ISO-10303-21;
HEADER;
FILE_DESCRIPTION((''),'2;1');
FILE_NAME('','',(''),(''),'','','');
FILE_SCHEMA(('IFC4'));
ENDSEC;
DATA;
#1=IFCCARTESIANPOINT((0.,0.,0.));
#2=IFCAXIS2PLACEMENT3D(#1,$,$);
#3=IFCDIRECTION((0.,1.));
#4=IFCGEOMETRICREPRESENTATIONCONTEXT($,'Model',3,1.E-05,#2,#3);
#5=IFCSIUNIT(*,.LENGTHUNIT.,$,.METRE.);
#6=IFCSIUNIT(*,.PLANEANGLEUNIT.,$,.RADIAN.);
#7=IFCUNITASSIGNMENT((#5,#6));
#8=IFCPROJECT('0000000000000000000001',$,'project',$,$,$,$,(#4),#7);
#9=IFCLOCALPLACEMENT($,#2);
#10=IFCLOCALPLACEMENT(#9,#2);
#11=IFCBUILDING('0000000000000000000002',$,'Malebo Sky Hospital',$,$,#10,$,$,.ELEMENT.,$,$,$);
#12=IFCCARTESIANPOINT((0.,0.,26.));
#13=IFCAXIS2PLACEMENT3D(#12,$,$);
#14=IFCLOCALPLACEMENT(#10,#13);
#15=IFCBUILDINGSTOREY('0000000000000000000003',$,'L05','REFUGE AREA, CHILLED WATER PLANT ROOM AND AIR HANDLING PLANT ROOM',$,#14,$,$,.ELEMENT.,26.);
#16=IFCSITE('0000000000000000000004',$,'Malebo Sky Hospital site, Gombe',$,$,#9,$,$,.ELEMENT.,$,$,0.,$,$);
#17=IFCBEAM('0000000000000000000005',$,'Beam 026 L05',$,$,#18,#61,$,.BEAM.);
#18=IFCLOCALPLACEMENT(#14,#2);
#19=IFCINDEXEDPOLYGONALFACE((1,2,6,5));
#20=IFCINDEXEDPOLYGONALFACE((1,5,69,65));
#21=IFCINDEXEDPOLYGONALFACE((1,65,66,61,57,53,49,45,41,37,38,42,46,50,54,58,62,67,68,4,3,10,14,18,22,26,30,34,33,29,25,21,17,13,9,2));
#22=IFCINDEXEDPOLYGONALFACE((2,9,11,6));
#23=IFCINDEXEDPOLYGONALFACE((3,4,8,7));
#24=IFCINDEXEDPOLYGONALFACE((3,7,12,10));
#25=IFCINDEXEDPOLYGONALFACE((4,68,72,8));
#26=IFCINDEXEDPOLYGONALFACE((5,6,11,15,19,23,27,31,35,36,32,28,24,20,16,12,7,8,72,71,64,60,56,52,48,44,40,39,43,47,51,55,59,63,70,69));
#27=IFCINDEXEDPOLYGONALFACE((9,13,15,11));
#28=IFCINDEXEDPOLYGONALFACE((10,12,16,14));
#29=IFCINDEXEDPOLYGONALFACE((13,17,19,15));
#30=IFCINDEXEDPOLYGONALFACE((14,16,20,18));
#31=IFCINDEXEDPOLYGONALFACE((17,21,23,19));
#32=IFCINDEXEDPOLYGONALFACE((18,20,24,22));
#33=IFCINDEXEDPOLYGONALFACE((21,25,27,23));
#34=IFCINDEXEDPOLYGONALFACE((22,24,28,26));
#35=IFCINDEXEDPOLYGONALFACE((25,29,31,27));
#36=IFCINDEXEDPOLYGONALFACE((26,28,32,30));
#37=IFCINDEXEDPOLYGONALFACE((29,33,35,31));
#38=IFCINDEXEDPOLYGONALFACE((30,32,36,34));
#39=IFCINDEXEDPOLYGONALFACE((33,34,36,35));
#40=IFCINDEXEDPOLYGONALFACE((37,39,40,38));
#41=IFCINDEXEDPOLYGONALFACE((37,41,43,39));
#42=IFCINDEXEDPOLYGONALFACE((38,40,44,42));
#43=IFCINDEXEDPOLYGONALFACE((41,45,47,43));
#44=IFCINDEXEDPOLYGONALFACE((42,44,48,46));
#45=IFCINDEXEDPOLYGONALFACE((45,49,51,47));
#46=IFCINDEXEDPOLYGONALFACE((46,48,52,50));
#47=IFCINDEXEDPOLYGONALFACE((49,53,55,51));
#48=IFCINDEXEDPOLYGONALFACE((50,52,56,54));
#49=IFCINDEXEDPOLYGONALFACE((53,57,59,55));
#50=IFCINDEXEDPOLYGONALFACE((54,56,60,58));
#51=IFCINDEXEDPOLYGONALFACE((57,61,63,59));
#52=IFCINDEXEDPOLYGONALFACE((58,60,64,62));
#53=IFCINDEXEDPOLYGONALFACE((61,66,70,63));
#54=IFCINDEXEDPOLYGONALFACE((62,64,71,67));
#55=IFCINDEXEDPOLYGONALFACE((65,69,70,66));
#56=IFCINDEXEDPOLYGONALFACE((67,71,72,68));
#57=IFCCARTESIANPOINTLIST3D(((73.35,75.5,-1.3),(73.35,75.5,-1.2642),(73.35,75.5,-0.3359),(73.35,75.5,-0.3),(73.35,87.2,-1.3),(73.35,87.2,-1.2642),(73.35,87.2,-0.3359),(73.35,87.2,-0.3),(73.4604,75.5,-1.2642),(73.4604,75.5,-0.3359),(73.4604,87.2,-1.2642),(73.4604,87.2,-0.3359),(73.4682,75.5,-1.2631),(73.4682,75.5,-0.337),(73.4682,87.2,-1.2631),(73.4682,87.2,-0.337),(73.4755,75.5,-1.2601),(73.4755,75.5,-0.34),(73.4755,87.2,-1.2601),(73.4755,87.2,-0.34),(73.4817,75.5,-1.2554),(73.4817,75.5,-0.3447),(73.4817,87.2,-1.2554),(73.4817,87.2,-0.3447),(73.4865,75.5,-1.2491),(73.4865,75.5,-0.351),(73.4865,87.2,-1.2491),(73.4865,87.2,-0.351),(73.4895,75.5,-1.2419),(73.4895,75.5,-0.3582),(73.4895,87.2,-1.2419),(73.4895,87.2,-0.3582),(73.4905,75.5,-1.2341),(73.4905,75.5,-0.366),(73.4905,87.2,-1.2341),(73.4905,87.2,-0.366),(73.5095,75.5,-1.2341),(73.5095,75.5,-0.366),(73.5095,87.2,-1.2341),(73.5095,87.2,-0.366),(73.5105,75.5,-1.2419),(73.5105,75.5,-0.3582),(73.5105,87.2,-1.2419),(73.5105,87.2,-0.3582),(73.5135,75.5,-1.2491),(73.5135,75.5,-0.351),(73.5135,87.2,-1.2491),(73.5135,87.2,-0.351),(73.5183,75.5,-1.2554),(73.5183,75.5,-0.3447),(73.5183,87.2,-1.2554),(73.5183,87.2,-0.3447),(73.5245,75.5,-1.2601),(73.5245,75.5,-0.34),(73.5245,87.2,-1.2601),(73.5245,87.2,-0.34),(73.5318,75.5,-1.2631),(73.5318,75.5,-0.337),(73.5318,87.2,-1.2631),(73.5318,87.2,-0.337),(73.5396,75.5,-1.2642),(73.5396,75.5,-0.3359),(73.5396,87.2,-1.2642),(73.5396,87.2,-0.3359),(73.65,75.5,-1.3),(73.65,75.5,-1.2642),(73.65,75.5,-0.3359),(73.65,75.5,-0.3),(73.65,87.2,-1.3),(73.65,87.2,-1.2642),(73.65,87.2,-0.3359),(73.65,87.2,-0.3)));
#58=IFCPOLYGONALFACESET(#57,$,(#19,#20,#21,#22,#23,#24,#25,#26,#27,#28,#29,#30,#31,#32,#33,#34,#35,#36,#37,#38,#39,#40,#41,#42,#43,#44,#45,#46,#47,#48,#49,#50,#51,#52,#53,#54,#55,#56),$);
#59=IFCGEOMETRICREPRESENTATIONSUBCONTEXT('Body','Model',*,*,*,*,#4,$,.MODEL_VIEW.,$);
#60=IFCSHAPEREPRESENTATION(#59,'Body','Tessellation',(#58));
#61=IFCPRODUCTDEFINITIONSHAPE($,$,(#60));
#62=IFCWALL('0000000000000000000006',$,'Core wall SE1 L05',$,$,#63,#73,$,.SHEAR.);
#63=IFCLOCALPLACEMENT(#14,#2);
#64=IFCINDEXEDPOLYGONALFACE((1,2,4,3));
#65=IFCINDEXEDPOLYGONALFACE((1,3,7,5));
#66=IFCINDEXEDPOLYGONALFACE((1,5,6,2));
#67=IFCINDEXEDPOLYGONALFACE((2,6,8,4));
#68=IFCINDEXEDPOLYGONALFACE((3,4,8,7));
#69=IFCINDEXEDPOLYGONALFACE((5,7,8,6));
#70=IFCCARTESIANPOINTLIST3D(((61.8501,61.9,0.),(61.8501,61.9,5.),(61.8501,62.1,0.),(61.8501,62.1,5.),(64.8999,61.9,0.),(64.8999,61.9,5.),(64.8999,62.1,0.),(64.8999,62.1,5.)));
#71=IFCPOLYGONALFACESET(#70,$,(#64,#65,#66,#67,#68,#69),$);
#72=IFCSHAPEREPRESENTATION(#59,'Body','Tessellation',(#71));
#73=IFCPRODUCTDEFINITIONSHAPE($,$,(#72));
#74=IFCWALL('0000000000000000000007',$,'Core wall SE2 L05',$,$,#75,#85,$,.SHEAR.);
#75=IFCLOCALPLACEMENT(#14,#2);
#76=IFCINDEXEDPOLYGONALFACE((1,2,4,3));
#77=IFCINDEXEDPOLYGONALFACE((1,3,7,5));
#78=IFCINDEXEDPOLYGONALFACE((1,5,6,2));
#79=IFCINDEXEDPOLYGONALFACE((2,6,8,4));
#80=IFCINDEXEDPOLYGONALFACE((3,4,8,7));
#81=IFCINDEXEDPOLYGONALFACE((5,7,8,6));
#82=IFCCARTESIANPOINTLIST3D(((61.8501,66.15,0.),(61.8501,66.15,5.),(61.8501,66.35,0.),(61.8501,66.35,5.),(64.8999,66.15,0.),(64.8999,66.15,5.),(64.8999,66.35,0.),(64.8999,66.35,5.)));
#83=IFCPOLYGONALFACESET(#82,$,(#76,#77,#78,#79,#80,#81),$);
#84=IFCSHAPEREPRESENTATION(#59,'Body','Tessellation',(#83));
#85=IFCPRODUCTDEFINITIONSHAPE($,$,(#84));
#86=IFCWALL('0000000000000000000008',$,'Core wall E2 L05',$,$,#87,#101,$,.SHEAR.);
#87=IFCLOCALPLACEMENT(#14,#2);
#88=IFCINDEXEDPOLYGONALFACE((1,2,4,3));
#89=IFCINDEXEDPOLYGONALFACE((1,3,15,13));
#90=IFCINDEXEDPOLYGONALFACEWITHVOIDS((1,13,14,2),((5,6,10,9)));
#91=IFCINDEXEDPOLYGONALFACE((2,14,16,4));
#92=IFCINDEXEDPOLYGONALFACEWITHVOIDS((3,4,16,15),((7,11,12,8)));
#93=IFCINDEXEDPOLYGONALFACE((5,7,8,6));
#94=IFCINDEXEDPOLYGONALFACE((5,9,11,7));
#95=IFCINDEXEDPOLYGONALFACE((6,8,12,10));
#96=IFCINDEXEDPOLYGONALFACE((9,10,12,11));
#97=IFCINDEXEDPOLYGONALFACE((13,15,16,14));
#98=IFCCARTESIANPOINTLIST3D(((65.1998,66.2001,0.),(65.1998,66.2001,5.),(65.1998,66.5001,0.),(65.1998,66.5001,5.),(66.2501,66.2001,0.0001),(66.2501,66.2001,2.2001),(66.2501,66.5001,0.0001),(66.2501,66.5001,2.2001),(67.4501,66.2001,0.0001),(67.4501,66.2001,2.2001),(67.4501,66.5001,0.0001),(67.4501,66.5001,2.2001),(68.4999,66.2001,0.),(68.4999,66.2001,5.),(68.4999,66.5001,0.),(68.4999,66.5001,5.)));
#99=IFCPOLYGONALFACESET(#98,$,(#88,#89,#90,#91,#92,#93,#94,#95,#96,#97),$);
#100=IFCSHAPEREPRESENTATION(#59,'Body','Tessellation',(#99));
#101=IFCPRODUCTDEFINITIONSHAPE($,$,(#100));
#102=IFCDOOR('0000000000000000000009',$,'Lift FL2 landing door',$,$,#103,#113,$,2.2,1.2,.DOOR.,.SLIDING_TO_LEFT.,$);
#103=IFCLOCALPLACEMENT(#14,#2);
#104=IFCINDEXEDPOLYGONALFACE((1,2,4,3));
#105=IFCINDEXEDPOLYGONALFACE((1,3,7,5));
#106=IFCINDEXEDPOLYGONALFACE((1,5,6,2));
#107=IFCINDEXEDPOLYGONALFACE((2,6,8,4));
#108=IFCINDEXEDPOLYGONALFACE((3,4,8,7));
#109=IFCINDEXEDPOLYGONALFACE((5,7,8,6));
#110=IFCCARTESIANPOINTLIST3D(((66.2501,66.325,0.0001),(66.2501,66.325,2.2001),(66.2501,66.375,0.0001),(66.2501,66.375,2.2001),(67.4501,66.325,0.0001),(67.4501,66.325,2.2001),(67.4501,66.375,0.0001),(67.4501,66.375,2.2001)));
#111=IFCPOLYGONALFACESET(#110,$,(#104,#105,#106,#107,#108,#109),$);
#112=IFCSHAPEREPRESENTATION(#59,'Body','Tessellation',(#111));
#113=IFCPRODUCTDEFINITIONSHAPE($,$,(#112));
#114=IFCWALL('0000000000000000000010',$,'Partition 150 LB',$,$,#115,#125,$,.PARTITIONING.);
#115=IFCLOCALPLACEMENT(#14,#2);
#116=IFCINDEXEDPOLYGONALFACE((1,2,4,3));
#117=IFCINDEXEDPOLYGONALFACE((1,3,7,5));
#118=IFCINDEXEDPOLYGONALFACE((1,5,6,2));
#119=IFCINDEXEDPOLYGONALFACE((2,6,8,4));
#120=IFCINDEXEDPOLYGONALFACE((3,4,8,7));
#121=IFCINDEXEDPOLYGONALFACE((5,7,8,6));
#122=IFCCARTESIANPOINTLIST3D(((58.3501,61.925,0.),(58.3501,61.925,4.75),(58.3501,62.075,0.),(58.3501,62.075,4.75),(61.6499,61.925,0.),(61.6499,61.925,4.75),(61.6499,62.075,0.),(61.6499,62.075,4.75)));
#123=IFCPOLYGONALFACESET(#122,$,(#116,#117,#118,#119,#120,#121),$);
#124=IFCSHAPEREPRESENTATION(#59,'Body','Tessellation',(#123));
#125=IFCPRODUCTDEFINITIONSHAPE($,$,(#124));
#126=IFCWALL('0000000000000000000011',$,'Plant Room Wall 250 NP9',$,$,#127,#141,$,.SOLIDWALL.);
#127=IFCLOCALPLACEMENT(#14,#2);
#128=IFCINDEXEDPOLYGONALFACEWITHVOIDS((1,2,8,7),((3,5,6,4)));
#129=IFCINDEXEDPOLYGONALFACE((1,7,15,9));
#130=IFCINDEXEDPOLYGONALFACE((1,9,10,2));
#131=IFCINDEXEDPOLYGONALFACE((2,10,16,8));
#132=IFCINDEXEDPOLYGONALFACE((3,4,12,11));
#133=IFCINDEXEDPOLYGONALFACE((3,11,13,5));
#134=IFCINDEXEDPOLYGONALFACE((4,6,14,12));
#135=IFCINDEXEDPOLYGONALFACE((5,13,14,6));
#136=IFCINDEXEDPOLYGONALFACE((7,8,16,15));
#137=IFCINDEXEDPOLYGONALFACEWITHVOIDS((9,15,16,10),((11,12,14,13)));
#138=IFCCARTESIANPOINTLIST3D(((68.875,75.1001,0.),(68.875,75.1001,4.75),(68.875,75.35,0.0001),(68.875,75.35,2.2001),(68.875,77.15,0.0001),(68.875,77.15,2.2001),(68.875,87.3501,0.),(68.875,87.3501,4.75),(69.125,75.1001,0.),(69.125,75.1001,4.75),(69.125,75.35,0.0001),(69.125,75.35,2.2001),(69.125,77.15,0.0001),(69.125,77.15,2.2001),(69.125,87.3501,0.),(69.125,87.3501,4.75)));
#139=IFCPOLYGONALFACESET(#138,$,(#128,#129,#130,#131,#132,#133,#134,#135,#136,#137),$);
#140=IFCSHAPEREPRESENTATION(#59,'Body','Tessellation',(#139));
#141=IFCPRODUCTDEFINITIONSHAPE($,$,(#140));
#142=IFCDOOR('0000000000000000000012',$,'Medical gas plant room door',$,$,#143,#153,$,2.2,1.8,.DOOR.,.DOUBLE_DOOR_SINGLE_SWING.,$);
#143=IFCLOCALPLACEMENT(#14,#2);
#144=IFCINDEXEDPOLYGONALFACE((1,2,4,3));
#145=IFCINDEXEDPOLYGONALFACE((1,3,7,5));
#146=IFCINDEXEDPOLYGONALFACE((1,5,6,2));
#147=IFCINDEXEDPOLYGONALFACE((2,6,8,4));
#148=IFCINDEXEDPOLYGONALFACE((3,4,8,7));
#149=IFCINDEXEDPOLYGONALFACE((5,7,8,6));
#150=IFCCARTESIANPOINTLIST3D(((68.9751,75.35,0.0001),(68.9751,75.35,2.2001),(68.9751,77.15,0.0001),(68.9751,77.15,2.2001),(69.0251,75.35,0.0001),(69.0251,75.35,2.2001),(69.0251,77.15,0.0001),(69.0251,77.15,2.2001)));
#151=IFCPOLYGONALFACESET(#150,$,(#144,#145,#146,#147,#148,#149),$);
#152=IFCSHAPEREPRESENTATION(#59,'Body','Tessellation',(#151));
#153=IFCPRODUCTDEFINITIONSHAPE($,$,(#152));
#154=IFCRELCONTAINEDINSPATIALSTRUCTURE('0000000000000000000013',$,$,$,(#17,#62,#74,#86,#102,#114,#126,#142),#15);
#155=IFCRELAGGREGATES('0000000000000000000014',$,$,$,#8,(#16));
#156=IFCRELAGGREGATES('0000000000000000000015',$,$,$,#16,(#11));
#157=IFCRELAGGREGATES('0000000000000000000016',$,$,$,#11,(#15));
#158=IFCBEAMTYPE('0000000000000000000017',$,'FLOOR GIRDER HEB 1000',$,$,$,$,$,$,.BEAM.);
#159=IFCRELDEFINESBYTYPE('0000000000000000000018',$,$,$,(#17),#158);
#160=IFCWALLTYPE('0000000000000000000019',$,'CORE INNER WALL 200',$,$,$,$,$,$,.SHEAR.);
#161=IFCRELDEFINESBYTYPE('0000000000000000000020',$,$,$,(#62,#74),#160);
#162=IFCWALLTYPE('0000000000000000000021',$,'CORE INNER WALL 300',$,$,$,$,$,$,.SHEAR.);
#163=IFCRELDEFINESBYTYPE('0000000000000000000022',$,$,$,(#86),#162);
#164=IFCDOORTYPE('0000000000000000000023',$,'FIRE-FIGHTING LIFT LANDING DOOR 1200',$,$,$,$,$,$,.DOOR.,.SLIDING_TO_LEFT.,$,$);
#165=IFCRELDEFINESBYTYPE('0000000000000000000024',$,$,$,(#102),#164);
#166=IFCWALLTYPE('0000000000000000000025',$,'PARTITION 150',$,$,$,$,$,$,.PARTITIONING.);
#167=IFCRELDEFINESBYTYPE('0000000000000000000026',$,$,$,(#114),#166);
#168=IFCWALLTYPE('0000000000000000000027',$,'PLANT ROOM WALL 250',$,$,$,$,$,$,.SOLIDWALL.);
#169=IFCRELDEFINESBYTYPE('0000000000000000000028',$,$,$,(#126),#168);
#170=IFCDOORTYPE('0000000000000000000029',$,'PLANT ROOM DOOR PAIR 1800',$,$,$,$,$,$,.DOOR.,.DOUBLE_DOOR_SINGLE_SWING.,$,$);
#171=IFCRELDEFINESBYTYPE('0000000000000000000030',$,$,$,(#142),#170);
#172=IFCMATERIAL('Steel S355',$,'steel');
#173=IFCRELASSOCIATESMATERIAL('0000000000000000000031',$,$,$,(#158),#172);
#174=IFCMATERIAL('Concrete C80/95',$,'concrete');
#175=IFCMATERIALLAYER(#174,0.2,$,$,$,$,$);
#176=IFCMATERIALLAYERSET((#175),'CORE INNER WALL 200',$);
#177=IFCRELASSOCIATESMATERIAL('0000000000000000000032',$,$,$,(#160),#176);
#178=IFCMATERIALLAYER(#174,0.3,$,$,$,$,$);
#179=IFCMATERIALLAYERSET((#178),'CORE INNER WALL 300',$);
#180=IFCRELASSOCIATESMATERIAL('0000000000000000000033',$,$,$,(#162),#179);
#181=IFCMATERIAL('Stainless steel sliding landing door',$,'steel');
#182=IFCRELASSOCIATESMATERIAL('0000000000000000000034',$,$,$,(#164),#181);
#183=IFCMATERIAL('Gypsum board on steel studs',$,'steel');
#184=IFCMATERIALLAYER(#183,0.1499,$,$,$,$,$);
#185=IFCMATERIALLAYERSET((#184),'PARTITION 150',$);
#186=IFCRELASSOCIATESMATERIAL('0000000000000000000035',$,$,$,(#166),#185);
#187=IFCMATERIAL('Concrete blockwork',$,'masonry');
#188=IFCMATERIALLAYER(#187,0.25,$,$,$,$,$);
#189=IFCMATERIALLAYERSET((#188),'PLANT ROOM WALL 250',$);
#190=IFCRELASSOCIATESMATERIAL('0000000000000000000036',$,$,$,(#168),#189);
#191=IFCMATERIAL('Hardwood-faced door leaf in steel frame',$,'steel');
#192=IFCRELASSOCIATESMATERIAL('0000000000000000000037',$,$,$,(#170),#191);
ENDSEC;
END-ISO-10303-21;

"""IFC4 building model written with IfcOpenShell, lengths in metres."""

from ifc_helpers import new_model, si_unit, direction, frame, frame_2d, origin, origin_2d, place, context, subcontext, project, spatial, rectangle, i_section, extrude, material, layer, layer_set, material_profile, profile_set, type_object, element, fill, save


model = new_model("IFC4")

# Units and contexts
model_context = context("Model", 3, precision=1e-05, world=origin(), true_north=direction((0.0, 1.0)))
body_context = subcontext(model_context, "Body", "Model", "MODEL_VIEW")
ifc_project = project(units=[si_unit("LENGTHUNIT", "METRE"), si_unit("PLANEANGLEUNIT", "RADIAN")], contexts=[model_context])

# Site, building, storey
site_placement = place(None, origin())
site = spatial("IfcSite", under=ifc_project, at=site_placement, Name="Malebo Sky Hospital site, Gombe", CompositionType="ELEMENT", RefElevation=0.0)
building_placement = place(site_placement, origin())
building = spatial("IfcBuilding", under=site, at=building_placement, Name="Malebo Sky Hospital", CompositionType="ELEMENT")
storey_placement = place(building_placement, frame((0.0, 0.0, 26.0)))
storey = spatial("IfcBuildingStorey", under=building, at=storey_placement, Name="L05", Description="REFUGE AREA, CHILLED WATER PLANT ROOM AND AIR HANDLING PLANT ROOM", CompositionType="ELEMENT", Elevation=26.0)

# Beam
ifc_material_1 = material(Name="Steel S355", Category="steel")
ifc_material_profile_1 = material_profile(ifc_material_1, i_section(OverallWidth=0.3, OverallDepth=1.0, WebThickness=0.019, FlangeThickness=0.0359, FilletRadius=0.03, at=origin_2d()), Name="HEB 1000")
ifc_profile_set_1 = profile_set([ifc_material_profile_1], Name="Steel S355")
beam_type_1 = type_object("IfcBeamType", Name="FLOOR GIRDER HEB 1000", PredefinedType="BEAM", material=ifc_profile_set_1)
beam_1_placement = place(storey_placement, frame((73.5, 75.5, -0.8), z_axis=(0.0, 1.0, 0.0), x_axis=(-1.0, 0.0, 0.0)))
element("IfcBeam", 1, at=beam_1_placement, inside=storey, type_object=beam_type_1, Name="Beam 026 L05", PredefinedType="BEAM", context=body_context, shape_type="SweptSolid", body=[
    extrude(i_section(OverallWidth=0.3, OverallDepth=1.0, WebThickness=0.019, FlangeThickness=0.0359, FilletRadius=0.03, at=origin_2d()), origin(), (0.0, 0.0, 1.0), 11.7),
])

# Walls
ifc_material_2 = material(Name="Concrete C80/95", Category="concrete")
ifc_layer_1 = layer(ifc_material_2, 0.2)
ifc_layer_set_1 = layer_set([ifc_layer_1], Name="CORE INNER WALL 200")
wall_type_1 = type_object("IfcWallType", Name="CORE INNER WALL 200", PredefinedType="SHEAR", material=ifc_layer_set_1)
for number, where, z_axis, x_axis, name in (
    (2, (61.8501, 62.0, 0.0), (0.0, 0.0, 1.0), (1.0, 0.0, 0.0), "Core wall SE1 L05"),
    (3, (61.8501, 66.25, 0.0), (0.0, 0.0, 1.0), (1.0, 0.0, 0.0), "Core wall SE2 L05"),
):
    element("IfcWall", number, at=place(storey_placement, frame(where, z_axis=z_axis, x_axis=x_axis)), inside=storey, type_object=wall_type_1, Name=name, PredefinedType="SHEAR", context=body_context, shape_type="SweptSolid", body=[
        extrude(rectangle(XDim=3.0498, YDim=0.2, at=frame_2d((1.5249, 0.0))), origin(), (0.0, 0.0, 1.0), 5.0),
    ])

# Wall, opening, door
ifc_layer_2 = layer(ifc_material_2, 0.3)
ifc_layer_set_2 = layer_set([ifc_layer_2], Name="CORE INNER WALL 300")
wall_type_2 = type_object("IfcWallType", Name="CORE INNER WALL 300", PredefinedType="SHEAR", material=ifc_layer_set_2)
wall_1_placement = place(storey_placement, frame((65.2, 66.3501, 0.0), z_axis=(0.0, 0.0, 1.0), x_axis=(1.0, 0.0, 0.0)))
wall_1 = element("IfcWall", 4, at=wall_1_placement, inside=storey, type_object=wall_type_2, Name="Core wall E2 L05", PredefinedType="SHEAR", context=body_context, shape_type="SweptSolid", body=[
    extrude(rectangle(XDim=3.3, YDim=0.3, at=frame_2d((1.6499, 0.0))), origin(), (0.0, 0.0, 1.0), 5.0),
])
opening_1_placement = place(wall_1_placement, frame((1.05, 0.0, 0.0)))
opening_1 = element("IfcOpeningElement", 5, at=opening_1_placement, cuts=wall_1, PredefinedType="OPENING", context=body_context, shape_type="SweptSolid", body=[
    extrude(rectangle(XDim=1.2, YDim=2.2, at=frame_2d((0.6001, 1.1001))), frame((0.0, 0.1599, 0.0), z_axis=(0.0, -1.0, 0.0), x_axis=(1.0, 0.0, 0.0)), (0.0, 0.0, 1.0), 0.3201),
])
ifc_material_3 = material(Name="Stainless steel sliding landing door", Category="steel")
door_type_1 = type_object("IfcDoorType", Name="FIRE-FIGHTING LIFT LANDING DOOR 1200", OperationType="SLIDING_TO_LEFT", PredefinedType="DOOR", material=ifc_material_3)
door_1_placement = place(opening_1_placement, origin())
door_1 = element("IfcDoor", 6, at=door_1_placement, inside=storey, type_object=door_type_1, Name="Lift FL2 landing door", OperationType="SLIDING_TO_LEFT", OverallHeight=2.2, OverallWidth=1.2, PredefinedType="DOOR", context=body_context, shape_type="SweptSolid", body=[
    extrude(rectangle(XDim=1.2, YDim=2.2, at=frame_2d((0.6001, 1.1001))), frame((0.0, 0.0249, 0.0), z_axis=(0.0, -1.0, 0.0), x_axis=(1.0, 0.0, 0.0)), (0.0, 0.0, 1.0), 0.05),
])
fill(opening_1, door_1)

# Wall
ifc_material_4 = material(Name="Gypsum board on steel studs", Category="steel")
ifc_layer_3 = layer(ifc_material_4, 0.1499)
ifc_layer_set_3 = layer_set([ifc_layer_3], Name="PARTITION 150")
wall_type_3 = type_object("IfcWallType", Name="PARTITION 150", PredefinedType="PARTITIONING", material=ifc_layer_set_3)
wall_2_placement = place(storey_placement, frame((58.3501, 62.0, 0.0), z_axis=(0.0, 0.0, 1.0), x_axis=(1.0, 0.0, 0.0)))
element("IfcWall", 7, at=wall_2_placement, inside=storey, type_object=wall_type_3, Name="Partition 150 LB", PredefinedType="PARTITIONING", context=body_context, shape_type="SweptSolid", body=[
    extrude(rectangle(XDim=3.2998, YDim=0.1499, at=frame_2d((1.6499, 0.0))), origin(), (0.0, 0.0, 1.0), 4.75),
])

# Wall, opening, door
ifc_material_5 = material(Name="Concrete blockwork", Category="masonry")
ifc_layer_4 = layer(ifc_material_5, 0.25)
ifc_layer_set_4 = layer_set([ifc_layer_4], Name="PLANT ROOM WALL 250")
wall_type_4 = type_object("IfcWallType", Name="PLANT ROOM WALL 250", PredefinedType="SOLIDWALL", material=ifc_layer_set_4)
wall_3_placement = place(storey_placement, frame((69.0, 75.1001, 0.0), z_axis=(0.0, 0.0, 1.0), x_axis=(0.0, 1.0, 0.0)))
wall_3 = element("IfcWall", 8, at=wall_3_placement, inside=storey, type_object=wall_type_4, Name="Plant Room Wall 250 NP9", PredefinedType="SOLIDWALL", context=body_context, shape_type="SweptSolid", body=[
    extrude(rectangle(XDim=12.25, YDim=0.25, at=frame_2d((6.125, 0.0))), origin(), (0.0, 0.0, 1.0), 4.75),
])
opening_2_placement = place(wall_3_placement, frame((0.25, 0.0, 0.0)))
opening_2 = element("IfcOpeningElement", 9, at=opening_2_placement, cuts=wall_3, PredefinedType="OPENING", context=body_context, shape_type="SweptSolid", body=[
    extrude(rectangle(XDim=1.8, YDim=2.2, at=frame_2d((0.8999, 1.1001))), frame((0.0, 0.135, 0.0), z_axis=(0.0, -1.0, 0.0), x_axis=(1.0, 0.0, 0.0)), (0.0, 0.0, 1.0), 0.27),
])
ifc_material_6 = material(Name="Hardwood-faced door leaf in steel frame", Category="steel")
door_type_2 = type_object("IfcDoorType", Name="PLANT ROOM DOOR PAIR 1800", OperationType="DOUBLE_DOOR_SINGLE_SWING", PredefinedType="DOOR", material=ifc_material_6)
door_2_placement = place(opening_2_placement, origin())
door_2 = element("IfcDoor", 10, at=door_2_placement, inside=storey, type_object=door_type_2, Name="Medical gas plant room door", OperationType="DOUBLE_DOOR_SINGLE_SWING", OverallHeight=2.2, OverallWidth=1.8, PredefinedType="DOOR", context=body_context, shape_type="SweptSolid", body=[
    extrude(rectangle(XDim=1.8, YDim=2.2, at=frame_2d((0.8999, 1.1001))), frame((0.0, 0.0249, 0.0), z_axis=(0.0, -1.0, 0.0), x_axis=(1.0, 0.0, 0.0)), (0.0, 0.0, 1.0), 0.05),
])
fill(opening_2, door_2)

save(model, "model.ifc")
